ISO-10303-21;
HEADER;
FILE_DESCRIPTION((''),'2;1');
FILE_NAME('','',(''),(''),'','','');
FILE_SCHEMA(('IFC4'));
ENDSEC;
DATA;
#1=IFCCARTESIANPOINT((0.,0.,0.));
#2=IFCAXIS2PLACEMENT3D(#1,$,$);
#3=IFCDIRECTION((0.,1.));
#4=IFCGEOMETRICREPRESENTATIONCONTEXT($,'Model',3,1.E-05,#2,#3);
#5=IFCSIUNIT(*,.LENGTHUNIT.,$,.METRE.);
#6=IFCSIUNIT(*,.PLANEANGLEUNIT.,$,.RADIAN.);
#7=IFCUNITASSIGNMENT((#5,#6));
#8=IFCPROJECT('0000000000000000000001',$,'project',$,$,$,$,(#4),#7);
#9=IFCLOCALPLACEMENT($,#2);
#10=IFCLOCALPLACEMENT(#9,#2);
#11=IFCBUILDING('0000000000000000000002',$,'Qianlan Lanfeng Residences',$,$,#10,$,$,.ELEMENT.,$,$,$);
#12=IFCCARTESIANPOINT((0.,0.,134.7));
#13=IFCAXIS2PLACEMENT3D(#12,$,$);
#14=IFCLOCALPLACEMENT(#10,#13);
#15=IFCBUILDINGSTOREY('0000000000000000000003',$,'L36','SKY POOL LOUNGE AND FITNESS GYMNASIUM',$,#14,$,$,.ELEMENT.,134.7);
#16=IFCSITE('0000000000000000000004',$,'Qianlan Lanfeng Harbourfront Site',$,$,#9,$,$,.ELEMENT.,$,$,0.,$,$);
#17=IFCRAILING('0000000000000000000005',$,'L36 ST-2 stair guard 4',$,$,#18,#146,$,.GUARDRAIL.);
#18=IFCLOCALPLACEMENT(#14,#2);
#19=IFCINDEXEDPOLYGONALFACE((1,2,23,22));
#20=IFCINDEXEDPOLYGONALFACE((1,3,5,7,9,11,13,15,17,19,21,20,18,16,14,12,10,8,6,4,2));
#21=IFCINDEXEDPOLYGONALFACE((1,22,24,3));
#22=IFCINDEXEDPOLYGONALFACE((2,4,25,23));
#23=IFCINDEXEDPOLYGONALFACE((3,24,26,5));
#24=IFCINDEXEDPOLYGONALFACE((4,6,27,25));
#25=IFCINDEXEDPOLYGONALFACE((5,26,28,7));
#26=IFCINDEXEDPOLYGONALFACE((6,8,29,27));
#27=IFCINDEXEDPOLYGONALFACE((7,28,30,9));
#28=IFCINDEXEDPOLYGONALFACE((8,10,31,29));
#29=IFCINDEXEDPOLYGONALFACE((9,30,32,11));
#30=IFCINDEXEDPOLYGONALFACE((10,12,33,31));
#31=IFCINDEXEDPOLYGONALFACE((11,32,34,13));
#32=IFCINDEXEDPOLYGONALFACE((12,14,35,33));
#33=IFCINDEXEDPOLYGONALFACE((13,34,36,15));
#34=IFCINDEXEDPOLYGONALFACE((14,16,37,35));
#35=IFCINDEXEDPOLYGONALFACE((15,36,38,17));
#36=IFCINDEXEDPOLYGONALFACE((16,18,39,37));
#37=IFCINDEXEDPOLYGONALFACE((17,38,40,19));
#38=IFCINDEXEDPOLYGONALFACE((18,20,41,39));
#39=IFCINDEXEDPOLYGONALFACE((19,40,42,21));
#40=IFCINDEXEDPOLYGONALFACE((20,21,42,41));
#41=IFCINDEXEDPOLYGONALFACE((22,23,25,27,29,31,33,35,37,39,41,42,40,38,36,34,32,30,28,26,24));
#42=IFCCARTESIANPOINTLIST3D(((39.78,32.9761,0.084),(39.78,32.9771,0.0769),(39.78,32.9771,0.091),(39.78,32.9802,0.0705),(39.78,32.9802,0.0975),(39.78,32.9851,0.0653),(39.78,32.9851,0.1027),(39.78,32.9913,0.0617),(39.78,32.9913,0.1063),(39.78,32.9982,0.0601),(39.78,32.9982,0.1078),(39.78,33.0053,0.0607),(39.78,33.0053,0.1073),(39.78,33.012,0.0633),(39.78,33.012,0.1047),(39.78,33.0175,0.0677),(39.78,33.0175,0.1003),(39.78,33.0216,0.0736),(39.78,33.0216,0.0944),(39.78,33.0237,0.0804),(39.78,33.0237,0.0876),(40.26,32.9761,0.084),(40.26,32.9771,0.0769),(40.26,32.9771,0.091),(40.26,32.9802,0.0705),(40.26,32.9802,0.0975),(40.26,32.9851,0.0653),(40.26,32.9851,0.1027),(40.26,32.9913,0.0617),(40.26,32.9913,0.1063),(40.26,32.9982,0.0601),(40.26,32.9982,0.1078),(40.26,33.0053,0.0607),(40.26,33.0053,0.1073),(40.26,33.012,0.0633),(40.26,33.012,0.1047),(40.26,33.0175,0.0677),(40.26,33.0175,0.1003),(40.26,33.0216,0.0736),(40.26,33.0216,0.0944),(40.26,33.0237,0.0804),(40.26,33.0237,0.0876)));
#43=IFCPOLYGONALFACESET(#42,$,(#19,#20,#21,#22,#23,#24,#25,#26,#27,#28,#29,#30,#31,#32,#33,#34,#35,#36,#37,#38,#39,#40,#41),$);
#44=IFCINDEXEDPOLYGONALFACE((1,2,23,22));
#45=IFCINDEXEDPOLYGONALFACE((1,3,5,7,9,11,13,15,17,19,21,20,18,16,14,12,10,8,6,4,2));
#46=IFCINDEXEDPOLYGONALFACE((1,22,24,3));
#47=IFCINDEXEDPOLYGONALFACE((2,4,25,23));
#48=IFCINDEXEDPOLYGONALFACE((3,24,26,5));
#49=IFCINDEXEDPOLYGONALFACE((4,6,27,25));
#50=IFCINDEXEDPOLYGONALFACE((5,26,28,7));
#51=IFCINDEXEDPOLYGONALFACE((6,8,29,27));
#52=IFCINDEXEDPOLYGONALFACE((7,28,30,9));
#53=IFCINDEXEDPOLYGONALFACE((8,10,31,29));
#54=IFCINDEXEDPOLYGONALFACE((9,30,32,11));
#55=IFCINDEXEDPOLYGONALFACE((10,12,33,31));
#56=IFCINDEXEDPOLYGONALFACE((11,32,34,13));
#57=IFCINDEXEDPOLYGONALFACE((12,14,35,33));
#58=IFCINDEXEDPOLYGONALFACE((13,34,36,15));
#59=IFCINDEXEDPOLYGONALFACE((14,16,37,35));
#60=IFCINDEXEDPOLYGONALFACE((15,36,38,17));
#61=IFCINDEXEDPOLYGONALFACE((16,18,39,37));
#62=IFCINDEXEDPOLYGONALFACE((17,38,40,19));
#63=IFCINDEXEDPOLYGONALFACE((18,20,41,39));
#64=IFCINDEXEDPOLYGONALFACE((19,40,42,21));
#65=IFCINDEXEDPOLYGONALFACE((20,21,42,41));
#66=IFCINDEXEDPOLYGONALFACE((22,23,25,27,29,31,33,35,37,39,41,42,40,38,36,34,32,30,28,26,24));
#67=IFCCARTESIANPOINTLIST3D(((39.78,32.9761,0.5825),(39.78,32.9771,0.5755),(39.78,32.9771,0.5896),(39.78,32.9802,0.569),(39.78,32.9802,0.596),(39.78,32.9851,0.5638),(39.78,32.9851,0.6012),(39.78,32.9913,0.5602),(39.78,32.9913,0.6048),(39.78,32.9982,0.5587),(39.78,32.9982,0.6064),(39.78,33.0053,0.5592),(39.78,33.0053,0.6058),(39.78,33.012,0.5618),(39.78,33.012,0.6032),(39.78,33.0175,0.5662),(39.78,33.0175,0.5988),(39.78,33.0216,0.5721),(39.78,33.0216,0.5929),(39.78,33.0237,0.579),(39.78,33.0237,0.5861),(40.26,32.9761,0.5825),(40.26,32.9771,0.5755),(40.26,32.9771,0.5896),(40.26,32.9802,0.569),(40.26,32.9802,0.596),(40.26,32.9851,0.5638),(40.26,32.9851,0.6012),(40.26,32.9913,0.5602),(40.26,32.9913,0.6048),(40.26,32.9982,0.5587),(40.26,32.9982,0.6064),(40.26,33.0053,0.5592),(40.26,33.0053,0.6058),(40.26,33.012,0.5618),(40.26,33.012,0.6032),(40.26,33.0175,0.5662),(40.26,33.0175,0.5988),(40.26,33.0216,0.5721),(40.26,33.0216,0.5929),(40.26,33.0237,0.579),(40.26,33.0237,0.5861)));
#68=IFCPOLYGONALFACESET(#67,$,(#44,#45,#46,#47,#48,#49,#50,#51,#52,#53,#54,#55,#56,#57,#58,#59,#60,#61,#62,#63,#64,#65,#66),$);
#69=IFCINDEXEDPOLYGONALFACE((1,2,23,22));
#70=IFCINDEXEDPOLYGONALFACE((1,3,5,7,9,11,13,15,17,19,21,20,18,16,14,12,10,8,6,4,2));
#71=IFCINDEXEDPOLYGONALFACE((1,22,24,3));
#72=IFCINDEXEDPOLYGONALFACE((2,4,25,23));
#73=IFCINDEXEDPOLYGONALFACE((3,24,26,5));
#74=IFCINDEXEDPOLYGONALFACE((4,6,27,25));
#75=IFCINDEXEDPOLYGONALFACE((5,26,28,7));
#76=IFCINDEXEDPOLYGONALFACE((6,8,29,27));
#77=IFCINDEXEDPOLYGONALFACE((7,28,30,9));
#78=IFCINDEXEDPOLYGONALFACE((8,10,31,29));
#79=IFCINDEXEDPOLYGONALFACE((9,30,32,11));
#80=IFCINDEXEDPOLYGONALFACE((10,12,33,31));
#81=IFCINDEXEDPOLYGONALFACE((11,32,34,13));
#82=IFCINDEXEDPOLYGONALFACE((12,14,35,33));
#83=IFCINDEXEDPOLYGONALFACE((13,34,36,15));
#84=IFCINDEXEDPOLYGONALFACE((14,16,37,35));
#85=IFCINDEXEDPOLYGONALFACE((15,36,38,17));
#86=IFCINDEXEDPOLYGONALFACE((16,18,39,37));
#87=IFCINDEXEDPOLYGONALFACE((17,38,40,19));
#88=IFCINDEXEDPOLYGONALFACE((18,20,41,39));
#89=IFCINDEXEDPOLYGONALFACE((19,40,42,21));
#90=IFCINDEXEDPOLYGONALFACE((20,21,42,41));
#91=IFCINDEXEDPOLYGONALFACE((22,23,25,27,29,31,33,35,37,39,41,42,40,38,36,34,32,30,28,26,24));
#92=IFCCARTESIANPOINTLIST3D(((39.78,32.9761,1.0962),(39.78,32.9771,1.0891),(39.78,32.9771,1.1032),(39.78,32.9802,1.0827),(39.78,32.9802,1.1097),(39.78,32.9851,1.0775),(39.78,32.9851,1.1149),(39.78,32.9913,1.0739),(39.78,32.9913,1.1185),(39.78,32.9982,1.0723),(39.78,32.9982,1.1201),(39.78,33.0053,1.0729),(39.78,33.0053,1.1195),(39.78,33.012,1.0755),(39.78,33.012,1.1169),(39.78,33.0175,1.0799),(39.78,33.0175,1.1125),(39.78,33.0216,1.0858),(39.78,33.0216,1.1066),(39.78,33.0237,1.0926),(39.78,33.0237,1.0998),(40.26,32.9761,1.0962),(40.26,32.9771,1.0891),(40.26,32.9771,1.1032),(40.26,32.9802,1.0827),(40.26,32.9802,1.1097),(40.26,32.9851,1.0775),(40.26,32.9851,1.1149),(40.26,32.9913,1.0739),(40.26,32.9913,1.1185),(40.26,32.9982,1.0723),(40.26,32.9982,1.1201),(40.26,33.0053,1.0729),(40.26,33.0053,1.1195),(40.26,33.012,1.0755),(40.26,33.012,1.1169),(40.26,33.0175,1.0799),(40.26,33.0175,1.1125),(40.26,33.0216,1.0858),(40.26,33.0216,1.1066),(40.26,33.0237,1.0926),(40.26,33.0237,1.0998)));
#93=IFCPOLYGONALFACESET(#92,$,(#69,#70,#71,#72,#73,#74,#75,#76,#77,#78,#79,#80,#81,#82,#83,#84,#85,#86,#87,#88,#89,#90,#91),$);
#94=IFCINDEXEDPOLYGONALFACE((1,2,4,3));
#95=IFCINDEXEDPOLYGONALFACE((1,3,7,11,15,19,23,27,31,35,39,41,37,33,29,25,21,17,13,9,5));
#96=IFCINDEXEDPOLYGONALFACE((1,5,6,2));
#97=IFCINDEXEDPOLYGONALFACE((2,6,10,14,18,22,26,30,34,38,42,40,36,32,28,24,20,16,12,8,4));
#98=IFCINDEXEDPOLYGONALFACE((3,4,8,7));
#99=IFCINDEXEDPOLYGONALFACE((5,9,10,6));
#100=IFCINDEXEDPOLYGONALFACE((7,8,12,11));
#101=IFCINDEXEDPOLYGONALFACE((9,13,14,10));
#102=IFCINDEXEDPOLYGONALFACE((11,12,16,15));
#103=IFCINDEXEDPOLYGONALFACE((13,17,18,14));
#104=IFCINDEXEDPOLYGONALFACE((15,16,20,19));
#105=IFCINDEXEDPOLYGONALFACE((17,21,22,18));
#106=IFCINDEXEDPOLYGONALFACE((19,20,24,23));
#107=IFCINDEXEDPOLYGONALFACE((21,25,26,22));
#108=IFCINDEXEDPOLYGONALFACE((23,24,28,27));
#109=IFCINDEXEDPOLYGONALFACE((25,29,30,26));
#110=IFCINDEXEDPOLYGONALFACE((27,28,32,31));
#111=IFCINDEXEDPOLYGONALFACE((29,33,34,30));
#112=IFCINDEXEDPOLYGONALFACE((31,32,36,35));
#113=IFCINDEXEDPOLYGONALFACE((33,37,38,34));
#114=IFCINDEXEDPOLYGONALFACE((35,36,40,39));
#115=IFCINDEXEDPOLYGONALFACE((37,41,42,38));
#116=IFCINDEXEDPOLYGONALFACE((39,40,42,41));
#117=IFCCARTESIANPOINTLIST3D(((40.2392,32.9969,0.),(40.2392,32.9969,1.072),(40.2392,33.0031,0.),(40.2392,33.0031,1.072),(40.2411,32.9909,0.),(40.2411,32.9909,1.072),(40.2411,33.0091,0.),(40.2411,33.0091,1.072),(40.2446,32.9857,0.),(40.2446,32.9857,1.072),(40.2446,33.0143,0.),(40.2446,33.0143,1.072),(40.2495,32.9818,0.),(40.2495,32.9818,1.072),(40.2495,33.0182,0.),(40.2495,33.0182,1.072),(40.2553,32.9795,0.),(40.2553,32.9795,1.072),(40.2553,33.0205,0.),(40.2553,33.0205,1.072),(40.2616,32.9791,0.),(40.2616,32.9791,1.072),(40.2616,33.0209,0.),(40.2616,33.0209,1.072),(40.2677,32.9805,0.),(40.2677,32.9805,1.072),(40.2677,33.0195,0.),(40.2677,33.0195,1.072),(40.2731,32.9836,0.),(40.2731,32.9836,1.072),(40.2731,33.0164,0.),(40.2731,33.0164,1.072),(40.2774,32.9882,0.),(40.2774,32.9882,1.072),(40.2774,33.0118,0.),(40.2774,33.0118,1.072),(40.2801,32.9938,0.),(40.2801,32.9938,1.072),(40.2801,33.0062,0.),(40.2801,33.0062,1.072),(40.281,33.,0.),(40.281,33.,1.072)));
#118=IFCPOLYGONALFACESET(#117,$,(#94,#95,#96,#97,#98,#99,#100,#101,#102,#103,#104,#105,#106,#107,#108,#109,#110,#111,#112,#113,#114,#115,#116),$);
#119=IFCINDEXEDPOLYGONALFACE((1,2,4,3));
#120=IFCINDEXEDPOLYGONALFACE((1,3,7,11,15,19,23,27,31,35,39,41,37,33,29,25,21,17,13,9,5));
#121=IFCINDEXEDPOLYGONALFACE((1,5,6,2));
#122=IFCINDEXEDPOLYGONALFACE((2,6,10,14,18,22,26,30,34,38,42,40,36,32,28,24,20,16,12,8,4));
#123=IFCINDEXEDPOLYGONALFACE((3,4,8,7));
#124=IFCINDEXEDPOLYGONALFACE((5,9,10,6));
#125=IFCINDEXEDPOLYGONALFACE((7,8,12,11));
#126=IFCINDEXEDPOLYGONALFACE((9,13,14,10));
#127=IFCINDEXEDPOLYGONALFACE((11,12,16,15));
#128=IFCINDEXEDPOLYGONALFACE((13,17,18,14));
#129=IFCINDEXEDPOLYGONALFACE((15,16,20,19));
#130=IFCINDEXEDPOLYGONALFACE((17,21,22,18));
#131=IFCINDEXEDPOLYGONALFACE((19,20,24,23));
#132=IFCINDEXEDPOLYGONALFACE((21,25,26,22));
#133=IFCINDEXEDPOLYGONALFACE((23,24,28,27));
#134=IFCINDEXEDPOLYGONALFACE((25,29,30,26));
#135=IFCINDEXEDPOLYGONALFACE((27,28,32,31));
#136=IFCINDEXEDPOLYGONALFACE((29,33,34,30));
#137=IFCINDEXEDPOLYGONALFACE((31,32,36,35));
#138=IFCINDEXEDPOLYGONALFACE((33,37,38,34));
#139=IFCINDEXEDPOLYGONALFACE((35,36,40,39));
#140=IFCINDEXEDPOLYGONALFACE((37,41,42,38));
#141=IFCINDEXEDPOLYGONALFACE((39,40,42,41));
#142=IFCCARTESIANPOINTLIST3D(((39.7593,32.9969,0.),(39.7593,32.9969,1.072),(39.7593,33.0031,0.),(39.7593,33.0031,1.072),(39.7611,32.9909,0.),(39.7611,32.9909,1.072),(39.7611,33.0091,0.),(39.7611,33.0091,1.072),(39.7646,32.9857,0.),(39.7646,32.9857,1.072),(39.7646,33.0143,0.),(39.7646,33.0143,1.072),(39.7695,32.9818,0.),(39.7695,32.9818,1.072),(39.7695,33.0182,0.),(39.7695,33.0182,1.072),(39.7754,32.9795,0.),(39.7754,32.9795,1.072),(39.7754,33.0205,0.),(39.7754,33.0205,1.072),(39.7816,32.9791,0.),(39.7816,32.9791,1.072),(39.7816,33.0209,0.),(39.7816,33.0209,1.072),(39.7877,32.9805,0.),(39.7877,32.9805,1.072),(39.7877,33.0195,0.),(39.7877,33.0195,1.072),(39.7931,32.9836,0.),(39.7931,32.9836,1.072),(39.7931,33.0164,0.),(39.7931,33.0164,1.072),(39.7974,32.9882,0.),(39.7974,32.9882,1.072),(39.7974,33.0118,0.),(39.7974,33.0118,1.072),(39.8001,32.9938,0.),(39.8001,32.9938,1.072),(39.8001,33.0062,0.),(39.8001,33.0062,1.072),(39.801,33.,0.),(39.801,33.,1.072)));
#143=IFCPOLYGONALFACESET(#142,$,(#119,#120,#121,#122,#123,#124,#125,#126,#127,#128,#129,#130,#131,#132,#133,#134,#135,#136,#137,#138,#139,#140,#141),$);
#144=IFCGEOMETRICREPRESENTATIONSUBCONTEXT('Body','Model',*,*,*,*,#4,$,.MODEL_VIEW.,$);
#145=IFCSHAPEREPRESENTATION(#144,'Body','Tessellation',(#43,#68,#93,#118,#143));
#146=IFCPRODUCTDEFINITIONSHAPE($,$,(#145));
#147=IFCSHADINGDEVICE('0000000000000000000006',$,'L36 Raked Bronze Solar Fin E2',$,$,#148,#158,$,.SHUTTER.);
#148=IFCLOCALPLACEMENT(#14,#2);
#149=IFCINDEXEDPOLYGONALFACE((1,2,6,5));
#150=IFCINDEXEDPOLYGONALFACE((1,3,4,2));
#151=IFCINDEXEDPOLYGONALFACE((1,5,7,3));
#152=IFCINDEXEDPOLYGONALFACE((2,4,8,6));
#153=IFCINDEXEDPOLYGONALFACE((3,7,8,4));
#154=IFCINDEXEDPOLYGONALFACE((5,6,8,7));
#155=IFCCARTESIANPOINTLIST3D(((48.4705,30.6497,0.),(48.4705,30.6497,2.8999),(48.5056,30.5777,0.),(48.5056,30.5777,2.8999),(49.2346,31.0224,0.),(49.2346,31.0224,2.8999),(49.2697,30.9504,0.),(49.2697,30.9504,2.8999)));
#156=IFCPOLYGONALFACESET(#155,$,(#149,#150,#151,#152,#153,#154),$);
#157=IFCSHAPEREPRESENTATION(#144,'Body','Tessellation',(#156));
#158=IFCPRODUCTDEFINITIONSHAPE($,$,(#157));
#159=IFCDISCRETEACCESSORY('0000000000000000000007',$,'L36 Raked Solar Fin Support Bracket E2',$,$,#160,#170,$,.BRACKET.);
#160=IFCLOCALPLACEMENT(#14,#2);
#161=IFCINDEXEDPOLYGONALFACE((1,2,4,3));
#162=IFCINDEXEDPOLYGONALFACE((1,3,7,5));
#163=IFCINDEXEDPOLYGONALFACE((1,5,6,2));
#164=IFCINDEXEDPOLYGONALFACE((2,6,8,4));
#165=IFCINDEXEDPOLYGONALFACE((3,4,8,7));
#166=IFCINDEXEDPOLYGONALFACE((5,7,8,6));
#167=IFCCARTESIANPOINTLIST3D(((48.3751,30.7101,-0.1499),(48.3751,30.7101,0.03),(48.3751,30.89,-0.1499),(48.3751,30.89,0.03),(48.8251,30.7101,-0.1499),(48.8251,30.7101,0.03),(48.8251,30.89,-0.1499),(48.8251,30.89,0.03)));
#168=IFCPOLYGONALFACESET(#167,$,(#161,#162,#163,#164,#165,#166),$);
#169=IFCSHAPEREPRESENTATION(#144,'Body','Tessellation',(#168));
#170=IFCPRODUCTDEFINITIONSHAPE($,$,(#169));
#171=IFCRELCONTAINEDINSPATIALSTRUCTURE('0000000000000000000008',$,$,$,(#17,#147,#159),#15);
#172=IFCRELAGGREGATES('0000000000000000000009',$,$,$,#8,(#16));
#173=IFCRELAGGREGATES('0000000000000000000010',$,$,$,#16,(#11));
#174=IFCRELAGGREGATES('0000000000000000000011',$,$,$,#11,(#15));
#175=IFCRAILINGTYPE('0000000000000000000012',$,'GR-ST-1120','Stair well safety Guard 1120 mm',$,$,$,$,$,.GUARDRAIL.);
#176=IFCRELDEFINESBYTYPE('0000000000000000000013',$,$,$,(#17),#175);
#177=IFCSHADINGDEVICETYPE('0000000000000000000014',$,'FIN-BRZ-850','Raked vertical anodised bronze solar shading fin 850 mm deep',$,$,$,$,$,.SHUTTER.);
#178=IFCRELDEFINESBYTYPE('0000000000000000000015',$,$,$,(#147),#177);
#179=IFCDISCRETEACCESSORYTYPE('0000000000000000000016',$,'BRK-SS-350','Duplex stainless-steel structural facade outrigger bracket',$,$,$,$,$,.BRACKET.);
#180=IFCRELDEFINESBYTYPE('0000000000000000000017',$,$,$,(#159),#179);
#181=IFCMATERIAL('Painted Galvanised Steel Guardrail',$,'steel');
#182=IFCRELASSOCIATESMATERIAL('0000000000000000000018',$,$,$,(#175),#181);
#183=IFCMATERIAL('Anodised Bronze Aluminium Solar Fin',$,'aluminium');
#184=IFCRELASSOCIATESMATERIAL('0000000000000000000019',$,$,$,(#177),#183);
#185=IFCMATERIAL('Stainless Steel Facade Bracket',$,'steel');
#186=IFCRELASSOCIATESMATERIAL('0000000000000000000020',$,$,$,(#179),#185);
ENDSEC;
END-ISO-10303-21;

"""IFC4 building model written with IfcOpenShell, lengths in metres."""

from ifc_helpers import new_model, si_unit, direction, frame, origin, origin_2d, place, context, subcontext, project, spatial, rectangle, circle, extrude, source, transform, mapped, material, type_object, element, save


model = new_model("IFC4")

# Units and contexts
model_context = context("Model", 3, precision=1e-05, world=origin(), true_north=direction((0.0, 1.0)))
body_context = subcontext(model_context, "Body", "Model", "MODEL_VIEW")
ifc_project = project(units=[si_unit("LENGTHUNIT", "METRE"), si_unit("PLANEANGLEUNIT", "RADIAN")], contexts=[model_context])

# Site, building, storey
site_placement = place(None, origin())
site = spatial("IfcSite", under=ifc_project, at=site_placement, Name="Qianlan Lanfeng Harbourfront Site", CompositionType="ELEMENT", RefElevation=0.0)
building_placement = place(site_placement, origin())
building = spatial("IfcBuilding", under=site, at=building_placement, Name="Qianlan Lanfeng Residences", CompositionType="ELEMENT")
storey_placement = place(building_placement, frame((0.0, 0.0, 134.7)))
storey = spatial("IfcBuildingStorey", under=building, at=storey_placement, Name="L36", Description="SKY POOL LOUNGE AND FITNESS GYMNASIUM", CompositionType="ELEMENT", Elevation=134.7)

# Railing
ifc_material_1 = material(Name="Painted Galvanised Steel Guardrail", Category="steel")
railing_type_1 = type_object("IfcRailingType", Name="GR-ST-1120", Description="Stair well safety Guard 1120 mm", PredefinedType="GUARDRAIL", material=ifc_material_1)
railing_1_placement = place(storey_placement, frame((40.26, 33.0, 0.0)))
element("IfcRailing", 1, at=railing_1_placement, inside=storey, type_object=railing_type_1, Name="L36 ST-2 stair guard 4", PredefinedType="GUARDRAIL", context=body_context, shape_type="SweptSolid", body=[
    extrude(circle(Radius=0.0239, at=origin_2d()), frame((0.0, 0.0, 0.084), z_axis=(-1.0, 0.0, 0.0), x_axis=(0.0, -1.0, 0.0)), (0.0, 0.0, 1.0), 0.48),
    extrude(circle(Radius=0.0239, at=origin_2d()), frame((0.0, 0.0, 0.5825), z_axis=(-1.0, 0.0, 0.0), x_axis=(0.0, -1.0, 0.0)), (0.0, 0.0, 1.0), 0.48),
    extrude(circle(Radius=0.0239, at=origin_2d()), frame((0.0, 0.0, 1.0962), z_axis=(-1.0, 0.0, 0.0), x_axis=(0.0, -1.0, 0.0)), (0.0, 0.0, 1.0), 0.48),
    extrude(circle(Radius=0.021, at=origin_2d()), origin(), (0.0, 0.0, 1.0), 1.072),
    extrude(circle(Radius=0.021, at=origin_2d()), frame((-0.48, 0.0, 0.0)), (0.0, 0.0, 1.0), 1.072),
])

# Shading device
ifc_material_2 = material(Name="Anodised Bronze Aluminium Solar Fin", Category="aluminium")
shading_device_type = type_object("IfcShadingDeviceType", Name="FIN-BRZ-850", Description="Raked vertical anodised bronze solar shading fin 850 mm deep", PredefinedType="SHUTTER", material=ifc_material_2)
shared_shape_1 = source(origin(), body_context, "Body", "SweptSolid", [
    extrude(rectangle(XDim=0.8501, YDim=0.0801, at=origin_2d()), origin(), (0.0, 0.0, 1.0), 2.8999),
])
shading_device_placement = place(storey_placement, frame((48.8701, 30.8, 0.0), z_axis=(0.0, 0.0, 1.0), x_axis=(0.898794, 0.438371, 0.0)))
element("IfcShadingDevice", 2, at=shading_device_placement, inside=storey, type_object=shading_device_type, Name="L36 Raked Bronze Solar Fin E2", PredefinedType="SHUTTER", context=body_context, shape_type="MappedRepresentation", body=[
    mapped(shared_shape_1, transform((0.0, 0.0, 0.0), scale=1.0)),
])

# Discrete accessory
ifc_material_3 = material(Name="Stainless Steel Facade Bracket", Category="steel")
discrete_accessory_type = type_object("IfcDiscreteAccessoryType", Name="BRK-SS-350", Description="Duplex stainless-steel structural facade outrigger bracket", PredefinedType="BRACKET", material=ifc_material_3)
shared_shape_2 = source(origin(), body_context, "Body", "SweptSolid", [
    extrude(rectangle(XDim=0.45, YDim=0.1799, at=origin_2d()), origin(), (0.0, 0.0, 1.0), 0.1799),
])
discrete_accessory_placement = place(storey_placement, frame((48.6001, 30.8, -0.1499), z_axis=(0.0, 0.0, 1.0), x_axis=(1.0, 0.0, 0.0)))
element("IfcDiscreteAccessory", 3, at=discrete_accessory_placement, inside=storey, type_object=discrete_accessory_type, Name="L36 Raked Solar Fin Support Bracket E2", PredefinedType="BRACKET", context=body_context, shape_type="MappedRepresentation", body=[
    mapped(shared_shape_2, transform((0.0, 0.0, 0.0), scale=1.0)),
])

save(model, "model.ifc")
